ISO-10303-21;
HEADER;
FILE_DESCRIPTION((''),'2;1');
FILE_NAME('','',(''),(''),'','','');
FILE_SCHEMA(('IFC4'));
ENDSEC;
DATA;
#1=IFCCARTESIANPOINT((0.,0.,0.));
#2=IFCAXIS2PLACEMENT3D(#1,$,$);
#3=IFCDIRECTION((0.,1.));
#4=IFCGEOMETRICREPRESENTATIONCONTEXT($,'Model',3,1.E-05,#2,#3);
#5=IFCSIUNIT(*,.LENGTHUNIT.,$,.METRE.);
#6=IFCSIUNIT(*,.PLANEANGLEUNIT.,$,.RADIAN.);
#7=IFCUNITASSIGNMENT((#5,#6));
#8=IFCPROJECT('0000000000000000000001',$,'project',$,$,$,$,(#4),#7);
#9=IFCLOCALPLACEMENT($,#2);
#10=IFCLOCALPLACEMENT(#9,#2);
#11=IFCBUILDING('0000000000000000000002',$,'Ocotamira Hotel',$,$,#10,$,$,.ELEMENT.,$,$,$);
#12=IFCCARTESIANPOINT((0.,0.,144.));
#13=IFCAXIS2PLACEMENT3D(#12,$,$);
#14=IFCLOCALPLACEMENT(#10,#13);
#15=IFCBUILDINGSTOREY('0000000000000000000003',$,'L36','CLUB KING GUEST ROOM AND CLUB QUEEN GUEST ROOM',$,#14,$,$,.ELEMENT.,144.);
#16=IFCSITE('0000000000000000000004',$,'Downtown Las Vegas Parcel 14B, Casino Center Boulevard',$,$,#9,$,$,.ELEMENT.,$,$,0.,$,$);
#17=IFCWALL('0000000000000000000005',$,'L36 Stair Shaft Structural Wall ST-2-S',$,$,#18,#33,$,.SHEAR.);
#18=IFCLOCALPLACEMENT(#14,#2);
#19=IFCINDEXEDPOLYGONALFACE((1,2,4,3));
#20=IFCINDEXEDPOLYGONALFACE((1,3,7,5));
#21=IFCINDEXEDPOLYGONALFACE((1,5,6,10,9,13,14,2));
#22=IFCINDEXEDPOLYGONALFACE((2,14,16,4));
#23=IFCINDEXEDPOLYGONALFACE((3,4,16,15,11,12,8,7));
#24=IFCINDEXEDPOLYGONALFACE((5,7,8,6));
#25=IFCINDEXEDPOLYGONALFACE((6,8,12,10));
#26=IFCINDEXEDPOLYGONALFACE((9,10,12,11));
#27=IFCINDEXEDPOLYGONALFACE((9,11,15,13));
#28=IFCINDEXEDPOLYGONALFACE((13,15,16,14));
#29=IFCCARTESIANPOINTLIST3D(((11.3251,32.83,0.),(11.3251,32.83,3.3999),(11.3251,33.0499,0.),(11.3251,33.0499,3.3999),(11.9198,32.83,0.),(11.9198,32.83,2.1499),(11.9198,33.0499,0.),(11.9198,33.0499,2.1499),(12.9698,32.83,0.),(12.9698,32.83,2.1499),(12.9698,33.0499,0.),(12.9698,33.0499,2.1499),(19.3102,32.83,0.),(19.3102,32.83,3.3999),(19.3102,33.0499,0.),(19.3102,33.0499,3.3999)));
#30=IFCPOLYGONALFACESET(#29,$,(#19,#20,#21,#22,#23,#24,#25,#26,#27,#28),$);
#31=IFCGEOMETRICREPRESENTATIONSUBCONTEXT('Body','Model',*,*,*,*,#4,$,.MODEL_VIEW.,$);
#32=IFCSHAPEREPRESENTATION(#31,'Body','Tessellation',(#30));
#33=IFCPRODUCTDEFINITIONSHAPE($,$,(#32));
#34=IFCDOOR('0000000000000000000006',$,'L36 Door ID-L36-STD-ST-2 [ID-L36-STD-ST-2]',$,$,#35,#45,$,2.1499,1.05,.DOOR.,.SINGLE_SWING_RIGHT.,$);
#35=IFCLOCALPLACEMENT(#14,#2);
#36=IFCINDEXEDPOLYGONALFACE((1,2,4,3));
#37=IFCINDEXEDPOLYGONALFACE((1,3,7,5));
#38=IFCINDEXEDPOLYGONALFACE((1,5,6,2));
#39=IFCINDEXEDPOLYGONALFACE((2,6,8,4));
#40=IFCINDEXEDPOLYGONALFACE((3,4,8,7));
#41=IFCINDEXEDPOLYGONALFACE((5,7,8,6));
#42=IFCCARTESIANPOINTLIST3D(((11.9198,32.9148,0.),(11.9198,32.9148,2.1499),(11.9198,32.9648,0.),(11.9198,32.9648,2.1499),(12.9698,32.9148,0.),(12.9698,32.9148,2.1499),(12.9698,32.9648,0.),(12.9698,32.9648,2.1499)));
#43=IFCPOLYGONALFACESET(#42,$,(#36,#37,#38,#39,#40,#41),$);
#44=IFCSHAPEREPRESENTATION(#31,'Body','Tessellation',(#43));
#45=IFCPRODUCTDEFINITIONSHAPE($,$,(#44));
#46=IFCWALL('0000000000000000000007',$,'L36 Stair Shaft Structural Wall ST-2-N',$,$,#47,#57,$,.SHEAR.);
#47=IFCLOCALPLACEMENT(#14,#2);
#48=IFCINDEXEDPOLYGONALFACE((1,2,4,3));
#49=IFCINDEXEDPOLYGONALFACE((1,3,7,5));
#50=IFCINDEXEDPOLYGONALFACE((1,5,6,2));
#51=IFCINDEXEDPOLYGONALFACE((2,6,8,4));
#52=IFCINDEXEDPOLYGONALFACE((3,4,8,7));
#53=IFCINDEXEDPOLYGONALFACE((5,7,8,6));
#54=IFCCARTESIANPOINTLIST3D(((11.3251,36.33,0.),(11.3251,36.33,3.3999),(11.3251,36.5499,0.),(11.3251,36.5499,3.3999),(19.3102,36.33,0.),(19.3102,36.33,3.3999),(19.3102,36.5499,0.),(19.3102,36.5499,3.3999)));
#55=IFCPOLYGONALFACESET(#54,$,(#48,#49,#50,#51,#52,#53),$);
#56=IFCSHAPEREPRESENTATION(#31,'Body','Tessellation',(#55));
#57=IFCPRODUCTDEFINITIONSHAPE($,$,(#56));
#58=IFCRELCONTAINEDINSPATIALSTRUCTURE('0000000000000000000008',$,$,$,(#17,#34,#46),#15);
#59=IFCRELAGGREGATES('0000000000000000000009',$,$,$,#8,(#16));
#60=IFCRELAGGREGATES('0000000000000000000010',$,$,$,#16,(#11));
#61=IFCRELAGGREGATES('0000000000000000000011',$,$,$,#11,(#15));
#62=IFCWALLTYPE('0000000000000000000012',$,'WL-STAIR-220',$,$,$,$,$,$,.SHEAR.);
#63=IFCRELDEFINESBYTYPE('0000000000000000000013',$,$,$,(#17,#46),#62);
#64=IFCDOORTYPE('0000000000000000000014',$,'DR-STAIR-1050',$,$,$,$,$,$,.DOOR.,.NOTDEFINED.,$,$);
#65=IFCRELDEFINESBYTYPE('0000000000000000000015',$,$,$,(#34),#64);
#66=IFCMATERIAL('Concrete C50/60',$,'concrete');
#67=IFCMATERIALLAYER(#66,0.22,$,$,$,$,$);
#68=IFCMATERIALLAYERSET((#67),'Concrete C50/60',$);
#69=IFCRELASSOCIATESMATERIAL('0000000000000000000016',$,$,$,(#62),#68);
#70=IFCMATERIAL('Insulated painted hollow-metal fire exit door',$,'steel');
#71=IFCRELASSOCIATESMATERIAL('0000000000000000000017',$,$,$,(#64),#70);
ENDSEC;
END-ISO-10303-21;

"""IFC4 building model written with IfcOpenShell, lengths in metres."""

from ifc_helpers import new_model, si_unit, direction, frame, frame_2d, origin, place, context, subcontext, project, spatial, rectangle, extrude, source, transform, mapped, material, layer, layer_set, type_object, element, fill, save


model = new_model("IFC4")

# Units and contexts
model_context = context("Model", 3, precision=1e-05, world=origin(), true_north=direction((0.0, 1.0)))
body_context = subcontext(model_context, "Body", "Model", "MODEL_VIEW")
ifc_project = project(units=[si_unit("LENGTHUNIT", "METRE"), si_unit("PLANEANGLEUNIT", "RADIAN")], contexts=[model_context])

# Site, building, storey
site_placement = place(None, origin())
site = spatial("IfcSite", under=ifc_project, at=site_placement, Name="Downtown Las Vegas Parcel 14B, Casino Center Boulevard", CompositionType="ELEMENT", RefElevation=0.0)
building_placement = place(site_placement, origin())
building = spatial("IfcBuilding", under=site, at=building_placement, Name="Ocotamira Hotel", CompositionType="ELEMENT")
storey_placement = place(building_placement, frame((0.0, 0.0, 144.0)))
storey = spatial("IfcBuildingStorey", under=building, at=storey_placement, Name="L36", Description="CLUB KING GUEST ROOM AND CLUB QUEEN GUEST ROOM", CompositionType="ELEMENT", Elevation=144.0)

# Wall, opening, door
ifc_material_1 = material(Name="Concrete C50/60", Category="concrete")
ifc_layer_1 = layer(ifc_material_1, 0.22)
ifc_layer_set_1 = layer_set([ifc_layer_1], Name="Concrete C50/60")
wall_type_1 = type_object("IfcWallType", Name="WL-STAIR-220", PredefinedType="SHEAR", material=ifc_layer_set_1)
wall_1_placement = place(storey_placement, frame((11.325, 32.9399, 0.0), z_axis=(0.0, 0.0, 1.0), x_axis=(1.0, 0.0, 0.0)))
wall_1 = element("IfcWall", 1, at=wall_1_placement, inside=storey, type_object=wall_type_1, Name="L36 Stair Shaft Structural Wall ST-2-S", PredefinedType="SHEAR", context=body_context, shape_type="SweptSolid", body=[
    extrude(rectangle(XDim=7.9851, YDim=0.22, at=frame_2d((3.9927, 0.0))), origin(), (0.0, 0.0, 1.0), 3.3999),
])
opening_1_placement = place(wall_1_placement, frame((0.595, 0.0, 0.0)))
opening_1 = element("IfcOpeningElement", 2, at=opening_1_placement, cuts=wall_1, PredefinedType="OPENING", context=body_context, shape_type="SweptSolid", body=[
    extrude(rectangle(XDim=1.05, YDim=2.1499, at=frame_2d((0.5249, 1.075))), frame((0.0, 0.1201, 0.0), z_axis=(0.0, -1.0, 0.0), x_axis=(1.0, 0.0, 0.0)), (0.0, 0.0, 1.0), 0.24),
])
ifc_material_2 = material(Name="Insulated painted hollow-metal fire exit door", Category="steel")
door_type_1 = type_object("IfcDoorType", Name="DR-STAIR-1050", OperationType="NOTDEFINED", PredefinedType="DOOR", material=ifc_material_2)
shared_shape_1 = source(origin(), body_context, "Body", "SweptSolid", [
    extrude(rectangle(XDim=1.05, YDim=2.1499, at=frame_2d((0.5249, 1.075))), frame((0.0, 0.0249, 0.0), z_axis=(0.0, -1.0, 0.0), x_axis=(1.0, 0.0, 0.0)), (0.0, 0.0, 1.0), 0.05),
])
door_1_placement = place(opening_1_placement, origin())
door_1 = element("IfcDoor", 3, at=door_1_placement, inside=storey, type_object=door_type_1, Name="L36 Door ID-L36-STD-ST-2 [ID-L36-STD-ST-2]", OperationType="SINGLE_SWING_RIGHT", OverallHeight=2.1499, OverallWidth=1.05, PredefinedType="DOOR", context=body_context, shape_type="MappedRepresentation", body=[
    mapped(shared_shape_1, transform((0.0, 0.0, 0.0), scale=1.0)),
])
fill(opening_1, door_1)

# Wall
wall_2_placement = place(storey_placement, frame((11.325, 36.4399, 0.0), z_axis=(0.0, 0.0, 1.0), x_axis=(1.0, 0.0, 0.0)))
element("IfcWall", 4, at=wall_2_placement, inside=storey, type_object=wall_type_1, Name="L36 Stair Shaft Structural Wall ST-2-N", PredefinedType="SHEAR", context=body_context, shape_type="SweptSolid", body=[
    extrude(rectangle(XDim=7.9851, YDim=0.22, at=frame_2d((3.9927, 0.0))), origin(), (0.0, 0.0, 1.0), 3.3999),
])

save(model, "model.ifc")
